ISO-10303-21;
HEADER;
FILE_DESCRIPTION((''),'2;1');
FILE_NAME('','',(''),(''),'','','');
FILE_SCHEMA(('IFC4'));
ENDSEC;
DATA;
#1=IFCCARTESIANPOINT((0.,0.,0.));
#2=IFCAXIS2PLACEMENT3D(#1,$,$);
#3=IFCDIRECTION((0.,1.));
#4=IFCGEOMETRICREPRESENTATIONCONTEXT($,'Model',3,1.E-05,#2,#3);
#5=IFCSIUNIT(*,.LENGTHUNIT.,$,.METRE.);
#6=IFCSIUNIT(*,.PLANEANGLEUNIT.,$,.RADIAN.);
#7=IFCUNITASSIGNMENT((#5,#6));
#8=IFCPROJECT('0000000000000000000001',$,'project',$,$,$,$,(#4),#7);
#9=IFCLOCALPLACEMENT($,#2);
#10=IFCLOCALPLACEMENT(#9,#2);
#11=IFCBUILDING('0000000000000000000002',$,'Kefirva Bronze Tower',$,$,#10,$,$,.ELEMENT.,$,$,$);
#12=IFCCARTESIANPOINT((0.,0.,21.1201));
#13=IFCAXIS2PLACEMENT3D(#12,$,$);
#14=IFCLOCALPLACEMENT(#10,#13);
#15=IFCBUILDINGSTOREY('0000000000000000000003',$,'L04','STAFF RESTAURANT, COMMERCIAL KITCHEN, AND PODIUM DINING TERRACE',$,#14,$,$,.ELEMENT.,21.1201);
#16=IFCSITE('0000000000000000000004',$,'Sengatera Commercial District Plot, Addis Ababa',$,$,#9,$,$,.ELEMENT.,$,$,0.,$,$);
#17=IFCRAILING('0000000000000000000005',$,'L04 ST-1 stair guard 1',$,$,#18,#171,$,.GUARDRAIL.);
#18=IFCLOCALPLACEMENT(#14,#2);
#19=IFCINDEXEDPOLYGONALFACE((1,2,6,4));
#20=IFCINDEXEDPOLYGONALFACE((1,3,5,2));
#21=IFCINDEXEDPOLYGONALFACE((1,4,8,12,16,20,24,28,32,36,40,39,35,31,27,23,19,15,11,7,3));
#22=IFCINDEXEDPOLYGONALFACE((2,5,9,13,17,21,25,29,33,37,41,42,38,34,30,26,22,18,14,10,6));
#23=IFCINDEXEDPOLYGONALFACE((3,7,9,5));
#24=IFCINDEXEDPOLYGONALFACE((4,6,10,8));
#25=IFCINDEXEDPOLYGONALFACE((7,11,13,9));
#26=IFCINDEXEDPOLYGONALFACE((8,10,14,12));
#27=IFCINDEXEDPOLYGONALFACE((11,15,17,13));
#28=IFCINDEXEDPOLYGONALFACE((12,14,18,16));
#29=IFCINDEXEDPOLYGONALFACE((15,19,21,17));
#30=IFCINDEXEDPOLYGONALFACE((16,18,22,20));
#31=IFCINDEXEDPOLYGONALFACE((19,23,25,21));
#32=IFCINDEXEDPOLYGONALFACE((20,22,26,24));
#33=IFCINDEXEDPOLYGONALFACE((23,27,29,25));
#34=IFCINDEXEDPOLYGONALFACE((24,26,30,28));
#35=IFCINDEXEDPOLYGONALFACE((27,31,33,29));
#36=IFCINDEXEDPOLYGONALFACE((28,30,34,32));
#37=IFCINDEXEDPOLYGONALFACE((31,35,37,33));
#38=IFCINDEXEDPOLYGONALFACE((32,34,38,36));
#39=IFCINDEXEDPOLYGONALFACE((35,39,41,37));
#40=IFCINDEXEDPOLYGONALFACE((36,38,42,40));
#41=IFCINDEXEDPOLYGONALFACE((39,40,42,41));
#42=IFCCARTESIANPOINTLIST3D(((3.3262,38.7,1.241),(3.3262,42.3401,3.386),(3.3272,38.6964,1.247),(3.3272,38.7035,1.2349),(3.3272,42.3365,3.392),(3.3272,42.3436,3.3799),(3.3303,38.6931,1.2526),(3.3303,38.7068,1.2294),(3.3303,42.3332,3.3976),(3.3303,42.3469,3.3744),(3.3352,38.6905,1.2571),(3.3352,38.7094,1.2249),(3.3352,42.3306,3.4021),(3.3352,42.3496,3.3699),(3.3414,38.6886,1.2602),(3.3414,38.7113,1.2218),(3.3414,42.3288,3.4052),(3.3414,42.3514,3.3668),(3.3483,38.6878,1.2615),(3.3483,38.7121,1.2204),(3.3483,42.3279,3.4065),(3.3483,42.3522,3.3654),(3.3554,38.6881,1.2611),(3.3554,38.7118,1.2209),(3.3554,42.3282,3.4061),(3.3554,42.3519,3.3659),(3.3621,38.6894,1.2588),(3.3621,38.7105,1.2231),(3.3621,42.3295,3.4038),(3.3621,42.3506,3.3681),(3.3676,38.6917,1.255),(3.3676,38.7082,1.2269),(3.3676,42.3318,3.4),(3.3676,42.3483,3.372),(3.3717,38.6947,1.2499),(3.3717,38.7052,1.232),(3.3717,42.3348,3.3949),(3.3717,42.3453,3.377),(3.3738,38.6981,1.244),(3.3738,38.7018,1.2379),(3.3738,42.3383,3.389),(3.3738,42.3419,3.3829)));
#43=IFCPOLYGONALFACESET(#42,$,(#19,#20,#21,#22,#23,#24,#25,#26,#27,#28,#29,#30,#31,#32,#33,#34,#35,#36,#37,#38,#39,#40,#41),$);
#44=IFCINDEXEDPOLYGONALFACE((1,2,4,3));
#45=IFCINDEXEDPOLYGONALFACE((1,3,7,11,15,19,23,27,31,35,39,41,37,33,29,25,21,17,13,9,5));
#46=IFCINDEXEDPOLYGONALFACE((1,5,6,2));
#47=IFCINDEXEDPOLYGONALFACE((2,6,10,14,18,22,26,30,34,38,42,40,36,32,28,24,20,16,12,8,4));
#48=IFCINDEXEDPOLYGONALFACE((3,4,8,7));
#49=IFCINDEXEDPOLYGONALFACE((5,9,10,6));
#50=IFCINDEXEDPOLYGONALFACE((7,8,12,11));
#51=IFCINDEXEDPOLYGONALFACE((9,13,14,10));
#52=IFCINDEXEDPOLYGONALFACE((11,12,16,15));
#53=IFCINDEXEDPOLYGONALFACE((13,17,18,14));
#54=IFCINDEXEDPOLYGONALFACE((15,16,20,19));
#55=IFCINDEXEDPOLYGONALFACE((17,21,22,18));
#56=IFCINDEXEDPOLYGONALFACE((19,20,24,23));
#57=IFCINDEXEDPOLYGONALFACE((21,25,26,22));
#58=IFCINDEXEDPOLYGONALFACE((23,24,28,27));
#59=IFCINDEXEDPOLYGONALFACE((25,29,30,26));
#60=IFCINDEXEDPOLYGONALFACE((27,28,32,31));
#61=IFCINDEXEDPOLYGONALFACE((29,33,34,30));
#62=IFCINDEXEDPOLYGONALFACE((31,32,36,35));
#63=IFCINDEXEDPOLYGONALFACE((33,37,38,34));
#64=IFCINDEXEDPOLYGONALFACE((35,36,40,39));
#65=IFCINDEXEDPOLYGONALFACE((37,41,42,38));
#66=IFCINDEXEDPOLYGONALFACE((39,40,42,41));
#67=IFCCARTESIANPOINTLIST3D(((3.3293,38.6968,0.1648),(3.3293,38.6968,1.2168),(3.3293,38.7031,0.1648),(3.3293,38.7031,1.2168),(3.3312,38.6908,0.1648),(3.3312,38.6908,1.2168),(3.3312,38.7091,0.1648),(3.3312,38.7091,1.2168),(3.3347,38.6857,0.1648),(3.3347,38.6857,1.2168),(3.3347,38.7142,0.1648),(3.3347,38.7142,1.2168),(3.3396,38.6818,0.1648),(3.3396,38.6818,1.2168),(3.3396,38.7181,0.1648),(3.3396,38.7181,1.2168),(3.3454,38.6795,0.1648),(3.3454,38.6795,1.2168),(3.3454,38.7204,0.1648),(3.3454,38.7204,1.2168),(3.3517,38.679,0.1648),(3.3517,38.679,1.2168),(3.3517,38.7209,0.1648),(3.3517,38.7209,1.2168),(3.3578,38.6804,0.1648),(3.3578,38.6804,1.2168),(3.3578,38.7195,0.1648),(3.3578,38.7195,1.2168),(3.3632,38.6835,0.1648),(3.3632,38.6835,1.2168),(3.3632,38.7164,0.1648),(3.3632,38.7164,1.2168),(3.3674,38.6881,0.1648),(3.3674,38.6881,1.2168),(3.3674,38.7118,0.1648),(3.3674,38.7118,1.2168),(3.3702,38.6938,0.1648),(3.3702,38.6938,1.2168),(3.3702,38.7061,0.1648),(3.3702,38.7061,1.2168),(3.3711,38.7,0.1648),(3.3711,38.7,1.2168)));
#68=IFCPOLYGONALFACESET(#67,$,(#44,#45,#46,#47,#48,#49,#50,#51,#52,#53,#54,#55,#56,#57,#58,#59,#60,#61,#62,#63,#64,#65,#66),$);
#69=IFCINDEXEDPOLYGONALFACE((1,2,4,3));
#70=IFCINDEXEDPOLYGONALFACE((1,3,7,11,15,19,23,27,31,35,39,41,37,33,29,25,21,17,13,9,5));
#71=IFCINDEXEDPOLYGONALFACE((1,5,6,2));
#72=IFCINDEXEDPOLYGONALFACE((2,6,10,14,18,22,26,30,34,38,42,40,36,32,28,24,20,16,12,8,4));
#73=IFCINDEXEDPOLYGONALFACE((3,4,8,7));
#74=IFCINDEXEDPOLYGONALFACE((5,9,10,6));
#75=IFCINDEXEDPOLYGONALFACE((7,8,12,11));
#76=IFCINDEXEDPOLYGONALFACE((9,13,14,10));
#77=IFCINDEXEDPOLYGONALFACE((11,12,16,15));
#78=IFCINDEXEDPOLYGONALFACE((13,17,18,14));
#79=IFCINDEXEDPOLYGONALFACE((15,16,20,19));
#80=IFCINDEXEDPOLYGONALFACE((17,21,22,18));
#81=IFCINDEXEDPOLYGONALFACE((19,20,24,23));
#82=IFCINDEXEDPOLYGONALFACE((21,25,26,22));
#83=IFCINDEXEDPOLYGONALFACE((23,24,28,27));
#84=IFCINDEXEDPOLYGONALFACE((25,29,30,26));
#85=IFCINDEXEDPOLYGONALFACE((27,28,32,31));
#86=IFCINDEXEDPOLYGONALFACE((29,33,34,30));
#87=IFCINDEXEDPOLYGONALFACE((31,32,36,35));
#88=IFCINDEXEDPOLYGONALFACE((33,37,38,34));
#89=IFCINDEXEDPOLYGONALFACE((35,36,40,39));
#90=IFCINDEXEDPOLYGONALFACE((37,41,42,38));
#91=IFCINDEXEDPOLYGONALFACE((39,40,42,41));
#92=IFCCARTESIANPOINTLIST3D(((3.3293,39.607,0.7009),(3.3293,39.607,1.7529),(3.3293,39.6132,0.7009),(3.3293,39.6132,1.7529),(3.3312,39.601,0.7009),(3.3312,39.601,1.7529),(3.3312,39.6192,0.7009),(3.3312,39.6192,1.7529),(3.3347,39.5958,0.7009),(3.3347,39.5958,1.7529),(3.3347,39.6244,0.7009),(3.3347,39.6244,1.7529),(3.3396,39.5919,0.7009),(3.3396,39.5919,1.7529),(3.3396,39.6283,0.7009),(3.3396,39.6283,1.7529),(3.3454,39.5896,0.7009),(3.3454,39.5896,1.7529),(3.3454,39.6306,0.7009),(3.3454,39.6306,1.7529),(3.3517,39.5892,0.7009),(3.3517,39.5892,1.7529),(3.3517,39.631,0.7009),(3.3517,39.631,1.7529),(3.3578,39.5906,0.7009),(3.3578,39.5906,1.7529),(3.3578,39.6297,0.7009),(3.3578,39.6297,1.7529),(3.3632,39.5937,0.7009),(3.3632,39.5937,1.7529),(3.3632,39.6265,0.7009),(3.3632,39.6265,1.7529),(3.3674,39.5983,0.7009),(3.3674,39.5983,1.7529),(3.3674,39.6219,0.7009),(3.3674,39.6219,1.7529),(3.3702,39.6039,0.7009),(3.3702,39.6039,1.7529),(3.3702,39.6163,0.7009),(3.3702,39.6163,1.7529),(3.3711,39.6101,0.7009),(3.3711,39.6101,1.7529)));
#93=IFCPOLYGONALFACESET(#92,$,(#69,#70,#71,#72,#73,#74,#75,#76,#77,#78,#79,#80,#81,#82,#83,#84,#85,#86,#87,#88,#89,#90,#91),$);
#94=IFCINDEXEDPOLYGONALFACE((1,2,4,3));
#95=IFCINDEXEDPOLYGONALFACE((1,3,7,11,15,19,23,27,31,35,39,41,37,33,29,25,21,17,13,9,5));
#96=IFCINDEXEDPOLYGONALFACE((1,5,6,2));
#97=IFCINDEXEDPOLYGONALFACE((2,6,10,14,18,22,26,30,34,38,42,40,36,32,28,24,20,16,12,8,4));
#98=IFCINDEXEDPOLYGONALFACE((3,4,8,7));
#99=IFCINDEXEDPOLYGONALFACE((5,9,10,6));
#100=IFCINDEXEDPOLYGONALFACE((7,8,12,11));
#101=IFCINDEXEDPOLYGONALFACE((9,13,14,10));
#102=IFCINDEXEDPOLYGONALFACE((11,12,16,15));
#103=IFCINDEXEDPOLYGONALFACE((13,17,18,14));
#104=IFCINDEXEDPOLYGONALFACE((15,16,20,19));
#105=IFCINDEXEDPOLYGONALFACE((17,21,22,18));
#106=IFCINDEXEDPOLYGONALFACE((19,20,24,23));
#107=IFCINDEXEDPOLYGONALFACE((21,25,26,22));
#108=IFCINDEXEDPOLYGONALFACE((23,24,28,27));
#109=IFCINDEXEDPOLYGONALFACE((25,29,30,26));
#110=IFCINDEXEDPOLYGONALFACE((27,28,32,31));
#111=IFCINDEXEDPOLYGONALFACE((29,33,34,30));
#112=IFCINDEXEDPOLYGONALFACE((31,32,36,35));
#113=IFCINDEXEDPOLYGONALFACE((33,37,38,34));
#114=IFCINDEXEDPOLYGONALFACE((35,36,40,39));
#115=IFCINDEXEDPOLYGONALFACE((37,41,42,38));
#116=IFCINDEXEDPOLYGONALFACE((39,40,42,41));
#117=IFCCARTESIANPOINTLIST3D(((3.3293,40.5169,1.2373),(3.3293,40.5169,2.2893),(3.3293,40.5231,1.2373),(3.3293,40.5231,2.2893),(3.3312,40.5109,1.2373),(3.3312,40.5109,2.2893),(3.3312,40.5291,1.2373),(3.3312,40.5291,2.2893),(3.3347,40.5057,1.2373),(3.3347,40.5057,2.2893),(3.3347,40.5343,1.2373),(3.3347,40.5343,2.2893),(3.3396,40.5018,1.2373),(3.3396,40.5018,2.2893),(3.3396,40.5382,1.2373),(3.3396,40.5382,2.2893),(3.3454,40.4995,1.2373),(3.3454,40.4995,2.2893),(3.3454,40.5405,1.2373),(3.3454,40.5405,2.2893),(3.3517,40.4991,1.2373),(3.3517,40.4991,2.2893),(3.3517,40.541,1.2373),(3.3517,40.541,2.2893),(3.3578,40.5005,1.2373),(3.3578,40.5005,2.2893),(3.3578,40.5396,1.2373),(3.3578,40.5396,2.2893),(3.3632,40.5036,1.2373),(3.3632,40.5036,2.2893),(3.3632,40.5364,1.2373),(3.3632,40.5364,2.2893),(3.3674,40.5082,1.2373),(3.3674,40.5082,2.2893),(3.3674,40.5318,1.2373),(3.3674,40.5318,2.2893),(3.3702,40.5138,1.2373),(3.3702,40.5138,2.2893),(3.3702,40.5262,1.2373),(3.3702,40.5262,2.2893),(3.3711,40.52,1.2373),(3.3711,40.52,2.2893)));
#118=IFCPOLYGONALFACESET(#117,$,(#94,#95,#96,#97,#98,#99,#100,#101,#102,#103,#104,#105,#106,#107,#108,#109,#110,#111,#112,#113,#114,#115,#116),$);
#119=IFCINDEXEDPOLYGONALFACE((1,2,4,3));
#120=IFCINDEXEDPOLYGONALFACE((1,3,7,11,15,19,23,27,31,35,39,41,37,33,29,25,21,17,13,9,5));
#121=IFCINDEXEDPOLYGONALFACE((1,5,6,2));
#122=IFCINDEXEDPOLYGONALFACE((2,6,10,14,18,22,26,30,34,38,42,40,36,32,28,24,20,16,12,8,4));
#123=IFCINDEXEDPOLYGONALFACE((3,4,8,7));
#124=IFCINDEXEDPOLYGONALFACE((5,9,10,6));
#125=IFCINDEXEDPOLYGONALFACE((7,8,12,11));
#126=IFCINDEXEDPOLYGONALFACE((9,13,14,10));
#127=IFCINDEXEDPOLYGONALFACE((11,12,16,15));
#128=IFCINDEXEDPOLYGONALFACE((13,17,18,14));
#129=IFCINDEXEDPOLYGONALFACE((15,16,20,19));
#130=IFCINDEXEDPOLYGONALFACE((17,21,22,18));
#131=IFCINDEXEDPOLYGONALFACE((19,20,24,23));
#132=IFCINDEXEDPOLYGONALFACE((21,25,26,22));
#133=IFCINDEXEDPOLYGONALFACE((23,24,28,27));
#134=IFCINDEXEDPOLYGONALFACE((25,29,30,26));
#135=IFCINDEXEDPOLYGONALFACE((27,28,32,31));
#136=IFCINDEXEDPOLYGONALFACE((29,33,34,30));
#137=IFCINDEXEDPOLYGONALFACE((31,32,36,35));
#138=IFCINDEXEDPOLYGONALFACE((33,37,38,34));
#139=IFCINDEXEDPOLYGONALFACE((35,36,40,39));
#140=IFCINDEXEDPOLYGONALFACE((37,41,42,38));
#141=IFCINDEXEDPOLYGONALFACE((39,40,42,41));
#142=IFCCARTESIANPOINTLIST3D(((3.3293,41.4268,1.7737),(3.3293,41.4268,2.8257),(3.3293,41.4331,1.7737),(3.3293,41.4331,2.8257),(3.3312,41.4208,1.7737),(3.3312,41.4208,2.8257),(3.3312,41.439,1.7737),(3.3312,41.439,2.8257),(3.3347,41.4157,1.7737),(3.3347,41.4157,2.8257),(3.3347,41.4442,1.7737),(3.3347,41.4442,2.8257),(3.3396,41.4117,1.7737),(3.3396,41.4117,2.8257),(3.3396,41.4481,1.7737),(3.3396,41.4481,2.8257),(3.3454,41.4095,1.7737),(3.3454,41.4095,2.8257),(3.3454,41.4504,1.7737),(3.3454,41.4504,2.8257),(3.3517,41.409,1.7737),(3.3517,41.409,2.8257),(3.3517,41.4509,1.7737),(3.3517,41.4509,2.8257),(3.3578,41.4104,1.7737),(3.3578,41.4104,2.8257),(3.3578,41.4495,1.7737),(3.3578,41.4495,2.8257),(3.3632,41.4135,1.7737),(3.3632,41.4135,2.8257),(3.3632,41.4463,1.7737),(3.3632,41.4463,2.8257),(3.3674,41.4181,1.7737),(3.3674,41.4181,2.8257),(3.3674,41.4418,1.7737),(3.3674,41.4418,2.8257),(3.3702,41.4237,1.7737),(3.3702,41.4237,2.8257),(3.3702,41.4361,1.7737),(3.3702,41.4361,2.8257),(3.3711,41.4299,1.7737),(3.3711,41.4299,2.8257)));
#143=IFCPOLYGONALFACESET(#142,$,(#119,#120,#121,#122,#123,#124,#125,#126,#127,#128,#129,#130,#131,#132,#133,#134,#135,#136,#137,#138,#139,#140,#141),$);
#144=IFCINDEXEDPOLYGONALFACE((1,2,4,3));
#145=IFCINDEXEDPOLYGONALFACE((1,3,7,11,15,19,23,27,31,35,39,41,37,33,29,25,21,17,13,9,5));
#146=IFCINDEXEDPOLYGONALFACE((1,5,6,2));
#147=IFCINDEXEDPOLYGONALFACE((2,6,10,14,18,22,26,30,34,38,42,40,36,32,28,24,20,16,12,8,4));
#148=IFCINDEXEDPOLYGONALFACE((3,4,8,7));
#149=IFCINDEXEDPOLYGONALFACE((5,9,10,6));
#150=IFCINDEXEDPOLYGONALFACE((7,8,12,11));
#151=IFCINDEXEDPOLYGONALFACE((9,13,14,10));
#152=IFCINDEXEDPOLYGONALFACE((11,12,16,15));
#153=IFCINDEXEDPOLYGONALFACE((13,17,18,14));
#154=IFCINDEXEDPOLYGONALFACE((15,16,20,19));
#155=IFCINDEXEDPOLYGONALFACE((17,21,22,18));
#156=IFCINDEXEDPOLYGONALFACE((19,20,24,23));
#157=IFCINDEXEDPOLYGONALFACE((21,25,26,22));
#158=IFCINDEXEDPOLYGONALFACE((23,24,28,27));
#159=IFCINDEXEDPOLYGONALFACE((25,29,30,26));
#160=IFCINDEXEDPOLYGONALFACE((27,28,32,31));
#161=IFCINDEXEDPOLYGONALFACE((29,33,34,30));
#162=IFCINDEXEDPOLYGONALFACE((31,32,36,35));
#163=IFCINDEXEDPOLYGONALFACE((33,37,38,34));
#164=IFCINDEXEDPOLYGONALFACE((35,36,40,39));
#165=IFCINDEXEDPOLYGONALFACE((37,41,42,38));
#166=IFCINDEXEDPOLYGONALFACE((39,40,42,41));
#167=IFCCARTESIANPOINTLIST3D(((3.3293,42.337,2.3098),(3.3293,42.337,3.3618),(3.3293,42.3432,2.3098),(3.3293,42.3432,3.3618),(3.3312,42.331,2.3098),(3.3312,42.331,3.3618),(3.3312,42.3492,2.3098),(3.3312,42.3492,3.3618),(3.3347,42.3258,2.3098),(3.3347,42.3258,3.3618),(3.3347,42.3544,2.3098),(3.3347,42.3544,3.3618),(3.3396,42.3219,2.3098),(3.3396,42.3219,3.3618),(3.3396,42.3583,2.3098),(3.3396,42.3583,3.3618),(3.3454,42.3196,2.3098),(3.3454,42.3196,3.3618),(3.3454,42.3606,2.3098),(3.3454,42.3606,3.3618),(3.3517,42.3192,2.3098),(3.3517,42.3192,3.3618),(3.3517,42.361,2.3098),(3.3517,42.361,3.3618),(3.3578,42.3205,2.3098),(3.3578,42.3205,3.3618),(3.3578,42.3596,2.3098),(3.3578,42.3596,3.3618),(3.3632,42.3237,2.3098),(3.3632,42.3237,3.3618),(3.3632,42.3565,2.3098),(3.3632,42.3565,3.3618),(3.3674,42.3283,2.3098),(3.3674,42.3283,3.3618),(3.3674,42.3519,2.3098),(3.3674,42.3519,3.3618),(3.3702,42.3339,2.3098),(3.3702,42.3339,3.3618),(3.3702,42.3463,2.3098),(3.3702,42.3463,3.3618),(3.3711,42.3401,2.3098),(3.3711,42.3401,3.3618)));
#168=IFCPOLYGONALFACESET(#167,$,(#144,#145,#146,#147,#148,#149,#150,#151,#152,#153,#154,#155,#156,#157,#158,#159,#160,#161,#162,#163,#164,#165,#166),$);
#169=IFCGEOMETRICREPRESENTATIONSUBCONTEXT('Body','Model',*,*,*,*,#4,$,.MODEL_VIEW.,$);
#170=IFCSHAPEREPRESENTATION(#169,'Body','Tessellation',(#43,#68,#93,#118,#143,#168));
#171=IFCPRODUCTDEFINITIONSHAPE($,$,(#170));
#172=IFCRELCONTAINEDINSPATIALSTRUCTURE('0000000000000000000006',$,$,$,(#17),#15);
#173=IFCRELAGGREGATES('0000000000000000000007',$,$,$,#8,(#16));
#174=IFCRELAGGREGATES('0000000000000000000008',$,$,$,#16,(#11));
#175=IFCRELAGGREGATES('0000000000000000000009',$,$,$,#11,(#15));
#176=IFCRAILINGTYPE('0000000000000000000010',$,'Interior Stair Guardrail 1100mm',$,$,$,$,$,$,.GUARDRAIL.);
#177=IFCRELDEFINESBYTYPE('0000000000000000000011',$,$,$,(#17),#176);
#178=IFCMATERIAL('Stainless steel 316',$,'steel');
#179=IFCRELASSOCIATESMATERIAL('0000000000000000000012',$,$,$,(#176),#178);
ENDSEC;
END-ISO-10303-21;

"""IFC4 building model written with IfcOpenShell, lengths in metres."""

from ifc_helpers import new_model, si_unit, direction, frame, origin, origin_2d, place, context, subcontext, project, spatial, circle, extrude, material, type_object, element, save


model = new_model("IFC4")

# Units and contexts
model_context = context("Model", 3, precision=1e-05, world=origin(), true_north=direction((0.0, 1.0)))
body_context = subcontext(model_context, "Body", "Model", "MODEL_VIEW")
ifc_project = project(units=[si_unit("LENGTHUNIT", "METRE"), si_unit("PLANEANGLEUNIT", "RADIAN")], contexts=[model_context])

# Site, building, storey
site_placement = place(None, origin())
site = spatial("IfcSite", under=ifc_project, at=site_placement, Name="Sengatera Commercial District Plot, Addis Ababa", CompositionType="ELEMENT", RefElevation=0.0)
building_placement = place(site_placement, origin())
building = spatial("IfcBuilding", under=site, at=building_placement, Name="Kefirva Bronze Tower", CompositionType="ELEMENT")
storey_placement = place(building_placement, frame((0.0, 0.0, 21.1201)))
storey = spatial("IfcBuildingStorey", under=building, at=storey_placement, Name="L04", Description="STAFF RESTAURANT, COMMERCIAL KITCHEN, AND PODIUM DINING TERRACE", CompositionType="ELEMENT", Elevation=21.1201)

# Shared definitions
ifc_material_1 = material(Name="Stainless steel 316", Category="steel")

# Railing
railing_type_1 = type_object("IfcRailingType", Name="Interior Stair Guardrail 1100mm", PredefinedType="GUARDRAIL", material=ifc_material_1)
railing_1_placement = place(storey_placement, frame((3.3501, 38.7, 0.1648)))
element("IfcRailing", 1, at=railing_1_placement, inside=storey, type_object=railing_type_1, Name="L04 ST-1 stair guard 1", PredefinedType="GUARDRAIL", context=body_context, shape_type="SweptSolid", body=[
    extrude(circle(Radius=0.0239, at=origin_2d()), frame((0.0, 0.0, 1.0762), z_axis=(0.0, 0.861545, 0.507682), x_axis=(-1.0, 0.0, 0.0)), (0.0, 0.0, 1.0), 4.2251),
    extrude(circle(Radius=0.021, at=origin_2d()), origin(), (0.0, 0.0, 1.0), 1.052),
    extrude(circle(Radius=0.021, at=origin_2d()), frame((0.0, 0.9102, 0.5361)), (0.0, 0.0, 1.0), 1.052),
    extrude(circle(Radius=0.021, at=origin_2d()), frame((0.0, 1.8201, 1.0725)), (0.0, 0.0, 1.0), 1.052),
    extrude(circle(Radius=0.021, at=origin_2d()), frame((0.0, 2.73, 1.6089)), (0.0, 0.0, 1.0), 1.052),
    extrude(circle(Radius=0.021, at=origin_2d()), frame((0.0, 3.6401, 2.145)), (0.0, 0.0, 1.0), 1.052),
])

save(model, "model.ifc")
